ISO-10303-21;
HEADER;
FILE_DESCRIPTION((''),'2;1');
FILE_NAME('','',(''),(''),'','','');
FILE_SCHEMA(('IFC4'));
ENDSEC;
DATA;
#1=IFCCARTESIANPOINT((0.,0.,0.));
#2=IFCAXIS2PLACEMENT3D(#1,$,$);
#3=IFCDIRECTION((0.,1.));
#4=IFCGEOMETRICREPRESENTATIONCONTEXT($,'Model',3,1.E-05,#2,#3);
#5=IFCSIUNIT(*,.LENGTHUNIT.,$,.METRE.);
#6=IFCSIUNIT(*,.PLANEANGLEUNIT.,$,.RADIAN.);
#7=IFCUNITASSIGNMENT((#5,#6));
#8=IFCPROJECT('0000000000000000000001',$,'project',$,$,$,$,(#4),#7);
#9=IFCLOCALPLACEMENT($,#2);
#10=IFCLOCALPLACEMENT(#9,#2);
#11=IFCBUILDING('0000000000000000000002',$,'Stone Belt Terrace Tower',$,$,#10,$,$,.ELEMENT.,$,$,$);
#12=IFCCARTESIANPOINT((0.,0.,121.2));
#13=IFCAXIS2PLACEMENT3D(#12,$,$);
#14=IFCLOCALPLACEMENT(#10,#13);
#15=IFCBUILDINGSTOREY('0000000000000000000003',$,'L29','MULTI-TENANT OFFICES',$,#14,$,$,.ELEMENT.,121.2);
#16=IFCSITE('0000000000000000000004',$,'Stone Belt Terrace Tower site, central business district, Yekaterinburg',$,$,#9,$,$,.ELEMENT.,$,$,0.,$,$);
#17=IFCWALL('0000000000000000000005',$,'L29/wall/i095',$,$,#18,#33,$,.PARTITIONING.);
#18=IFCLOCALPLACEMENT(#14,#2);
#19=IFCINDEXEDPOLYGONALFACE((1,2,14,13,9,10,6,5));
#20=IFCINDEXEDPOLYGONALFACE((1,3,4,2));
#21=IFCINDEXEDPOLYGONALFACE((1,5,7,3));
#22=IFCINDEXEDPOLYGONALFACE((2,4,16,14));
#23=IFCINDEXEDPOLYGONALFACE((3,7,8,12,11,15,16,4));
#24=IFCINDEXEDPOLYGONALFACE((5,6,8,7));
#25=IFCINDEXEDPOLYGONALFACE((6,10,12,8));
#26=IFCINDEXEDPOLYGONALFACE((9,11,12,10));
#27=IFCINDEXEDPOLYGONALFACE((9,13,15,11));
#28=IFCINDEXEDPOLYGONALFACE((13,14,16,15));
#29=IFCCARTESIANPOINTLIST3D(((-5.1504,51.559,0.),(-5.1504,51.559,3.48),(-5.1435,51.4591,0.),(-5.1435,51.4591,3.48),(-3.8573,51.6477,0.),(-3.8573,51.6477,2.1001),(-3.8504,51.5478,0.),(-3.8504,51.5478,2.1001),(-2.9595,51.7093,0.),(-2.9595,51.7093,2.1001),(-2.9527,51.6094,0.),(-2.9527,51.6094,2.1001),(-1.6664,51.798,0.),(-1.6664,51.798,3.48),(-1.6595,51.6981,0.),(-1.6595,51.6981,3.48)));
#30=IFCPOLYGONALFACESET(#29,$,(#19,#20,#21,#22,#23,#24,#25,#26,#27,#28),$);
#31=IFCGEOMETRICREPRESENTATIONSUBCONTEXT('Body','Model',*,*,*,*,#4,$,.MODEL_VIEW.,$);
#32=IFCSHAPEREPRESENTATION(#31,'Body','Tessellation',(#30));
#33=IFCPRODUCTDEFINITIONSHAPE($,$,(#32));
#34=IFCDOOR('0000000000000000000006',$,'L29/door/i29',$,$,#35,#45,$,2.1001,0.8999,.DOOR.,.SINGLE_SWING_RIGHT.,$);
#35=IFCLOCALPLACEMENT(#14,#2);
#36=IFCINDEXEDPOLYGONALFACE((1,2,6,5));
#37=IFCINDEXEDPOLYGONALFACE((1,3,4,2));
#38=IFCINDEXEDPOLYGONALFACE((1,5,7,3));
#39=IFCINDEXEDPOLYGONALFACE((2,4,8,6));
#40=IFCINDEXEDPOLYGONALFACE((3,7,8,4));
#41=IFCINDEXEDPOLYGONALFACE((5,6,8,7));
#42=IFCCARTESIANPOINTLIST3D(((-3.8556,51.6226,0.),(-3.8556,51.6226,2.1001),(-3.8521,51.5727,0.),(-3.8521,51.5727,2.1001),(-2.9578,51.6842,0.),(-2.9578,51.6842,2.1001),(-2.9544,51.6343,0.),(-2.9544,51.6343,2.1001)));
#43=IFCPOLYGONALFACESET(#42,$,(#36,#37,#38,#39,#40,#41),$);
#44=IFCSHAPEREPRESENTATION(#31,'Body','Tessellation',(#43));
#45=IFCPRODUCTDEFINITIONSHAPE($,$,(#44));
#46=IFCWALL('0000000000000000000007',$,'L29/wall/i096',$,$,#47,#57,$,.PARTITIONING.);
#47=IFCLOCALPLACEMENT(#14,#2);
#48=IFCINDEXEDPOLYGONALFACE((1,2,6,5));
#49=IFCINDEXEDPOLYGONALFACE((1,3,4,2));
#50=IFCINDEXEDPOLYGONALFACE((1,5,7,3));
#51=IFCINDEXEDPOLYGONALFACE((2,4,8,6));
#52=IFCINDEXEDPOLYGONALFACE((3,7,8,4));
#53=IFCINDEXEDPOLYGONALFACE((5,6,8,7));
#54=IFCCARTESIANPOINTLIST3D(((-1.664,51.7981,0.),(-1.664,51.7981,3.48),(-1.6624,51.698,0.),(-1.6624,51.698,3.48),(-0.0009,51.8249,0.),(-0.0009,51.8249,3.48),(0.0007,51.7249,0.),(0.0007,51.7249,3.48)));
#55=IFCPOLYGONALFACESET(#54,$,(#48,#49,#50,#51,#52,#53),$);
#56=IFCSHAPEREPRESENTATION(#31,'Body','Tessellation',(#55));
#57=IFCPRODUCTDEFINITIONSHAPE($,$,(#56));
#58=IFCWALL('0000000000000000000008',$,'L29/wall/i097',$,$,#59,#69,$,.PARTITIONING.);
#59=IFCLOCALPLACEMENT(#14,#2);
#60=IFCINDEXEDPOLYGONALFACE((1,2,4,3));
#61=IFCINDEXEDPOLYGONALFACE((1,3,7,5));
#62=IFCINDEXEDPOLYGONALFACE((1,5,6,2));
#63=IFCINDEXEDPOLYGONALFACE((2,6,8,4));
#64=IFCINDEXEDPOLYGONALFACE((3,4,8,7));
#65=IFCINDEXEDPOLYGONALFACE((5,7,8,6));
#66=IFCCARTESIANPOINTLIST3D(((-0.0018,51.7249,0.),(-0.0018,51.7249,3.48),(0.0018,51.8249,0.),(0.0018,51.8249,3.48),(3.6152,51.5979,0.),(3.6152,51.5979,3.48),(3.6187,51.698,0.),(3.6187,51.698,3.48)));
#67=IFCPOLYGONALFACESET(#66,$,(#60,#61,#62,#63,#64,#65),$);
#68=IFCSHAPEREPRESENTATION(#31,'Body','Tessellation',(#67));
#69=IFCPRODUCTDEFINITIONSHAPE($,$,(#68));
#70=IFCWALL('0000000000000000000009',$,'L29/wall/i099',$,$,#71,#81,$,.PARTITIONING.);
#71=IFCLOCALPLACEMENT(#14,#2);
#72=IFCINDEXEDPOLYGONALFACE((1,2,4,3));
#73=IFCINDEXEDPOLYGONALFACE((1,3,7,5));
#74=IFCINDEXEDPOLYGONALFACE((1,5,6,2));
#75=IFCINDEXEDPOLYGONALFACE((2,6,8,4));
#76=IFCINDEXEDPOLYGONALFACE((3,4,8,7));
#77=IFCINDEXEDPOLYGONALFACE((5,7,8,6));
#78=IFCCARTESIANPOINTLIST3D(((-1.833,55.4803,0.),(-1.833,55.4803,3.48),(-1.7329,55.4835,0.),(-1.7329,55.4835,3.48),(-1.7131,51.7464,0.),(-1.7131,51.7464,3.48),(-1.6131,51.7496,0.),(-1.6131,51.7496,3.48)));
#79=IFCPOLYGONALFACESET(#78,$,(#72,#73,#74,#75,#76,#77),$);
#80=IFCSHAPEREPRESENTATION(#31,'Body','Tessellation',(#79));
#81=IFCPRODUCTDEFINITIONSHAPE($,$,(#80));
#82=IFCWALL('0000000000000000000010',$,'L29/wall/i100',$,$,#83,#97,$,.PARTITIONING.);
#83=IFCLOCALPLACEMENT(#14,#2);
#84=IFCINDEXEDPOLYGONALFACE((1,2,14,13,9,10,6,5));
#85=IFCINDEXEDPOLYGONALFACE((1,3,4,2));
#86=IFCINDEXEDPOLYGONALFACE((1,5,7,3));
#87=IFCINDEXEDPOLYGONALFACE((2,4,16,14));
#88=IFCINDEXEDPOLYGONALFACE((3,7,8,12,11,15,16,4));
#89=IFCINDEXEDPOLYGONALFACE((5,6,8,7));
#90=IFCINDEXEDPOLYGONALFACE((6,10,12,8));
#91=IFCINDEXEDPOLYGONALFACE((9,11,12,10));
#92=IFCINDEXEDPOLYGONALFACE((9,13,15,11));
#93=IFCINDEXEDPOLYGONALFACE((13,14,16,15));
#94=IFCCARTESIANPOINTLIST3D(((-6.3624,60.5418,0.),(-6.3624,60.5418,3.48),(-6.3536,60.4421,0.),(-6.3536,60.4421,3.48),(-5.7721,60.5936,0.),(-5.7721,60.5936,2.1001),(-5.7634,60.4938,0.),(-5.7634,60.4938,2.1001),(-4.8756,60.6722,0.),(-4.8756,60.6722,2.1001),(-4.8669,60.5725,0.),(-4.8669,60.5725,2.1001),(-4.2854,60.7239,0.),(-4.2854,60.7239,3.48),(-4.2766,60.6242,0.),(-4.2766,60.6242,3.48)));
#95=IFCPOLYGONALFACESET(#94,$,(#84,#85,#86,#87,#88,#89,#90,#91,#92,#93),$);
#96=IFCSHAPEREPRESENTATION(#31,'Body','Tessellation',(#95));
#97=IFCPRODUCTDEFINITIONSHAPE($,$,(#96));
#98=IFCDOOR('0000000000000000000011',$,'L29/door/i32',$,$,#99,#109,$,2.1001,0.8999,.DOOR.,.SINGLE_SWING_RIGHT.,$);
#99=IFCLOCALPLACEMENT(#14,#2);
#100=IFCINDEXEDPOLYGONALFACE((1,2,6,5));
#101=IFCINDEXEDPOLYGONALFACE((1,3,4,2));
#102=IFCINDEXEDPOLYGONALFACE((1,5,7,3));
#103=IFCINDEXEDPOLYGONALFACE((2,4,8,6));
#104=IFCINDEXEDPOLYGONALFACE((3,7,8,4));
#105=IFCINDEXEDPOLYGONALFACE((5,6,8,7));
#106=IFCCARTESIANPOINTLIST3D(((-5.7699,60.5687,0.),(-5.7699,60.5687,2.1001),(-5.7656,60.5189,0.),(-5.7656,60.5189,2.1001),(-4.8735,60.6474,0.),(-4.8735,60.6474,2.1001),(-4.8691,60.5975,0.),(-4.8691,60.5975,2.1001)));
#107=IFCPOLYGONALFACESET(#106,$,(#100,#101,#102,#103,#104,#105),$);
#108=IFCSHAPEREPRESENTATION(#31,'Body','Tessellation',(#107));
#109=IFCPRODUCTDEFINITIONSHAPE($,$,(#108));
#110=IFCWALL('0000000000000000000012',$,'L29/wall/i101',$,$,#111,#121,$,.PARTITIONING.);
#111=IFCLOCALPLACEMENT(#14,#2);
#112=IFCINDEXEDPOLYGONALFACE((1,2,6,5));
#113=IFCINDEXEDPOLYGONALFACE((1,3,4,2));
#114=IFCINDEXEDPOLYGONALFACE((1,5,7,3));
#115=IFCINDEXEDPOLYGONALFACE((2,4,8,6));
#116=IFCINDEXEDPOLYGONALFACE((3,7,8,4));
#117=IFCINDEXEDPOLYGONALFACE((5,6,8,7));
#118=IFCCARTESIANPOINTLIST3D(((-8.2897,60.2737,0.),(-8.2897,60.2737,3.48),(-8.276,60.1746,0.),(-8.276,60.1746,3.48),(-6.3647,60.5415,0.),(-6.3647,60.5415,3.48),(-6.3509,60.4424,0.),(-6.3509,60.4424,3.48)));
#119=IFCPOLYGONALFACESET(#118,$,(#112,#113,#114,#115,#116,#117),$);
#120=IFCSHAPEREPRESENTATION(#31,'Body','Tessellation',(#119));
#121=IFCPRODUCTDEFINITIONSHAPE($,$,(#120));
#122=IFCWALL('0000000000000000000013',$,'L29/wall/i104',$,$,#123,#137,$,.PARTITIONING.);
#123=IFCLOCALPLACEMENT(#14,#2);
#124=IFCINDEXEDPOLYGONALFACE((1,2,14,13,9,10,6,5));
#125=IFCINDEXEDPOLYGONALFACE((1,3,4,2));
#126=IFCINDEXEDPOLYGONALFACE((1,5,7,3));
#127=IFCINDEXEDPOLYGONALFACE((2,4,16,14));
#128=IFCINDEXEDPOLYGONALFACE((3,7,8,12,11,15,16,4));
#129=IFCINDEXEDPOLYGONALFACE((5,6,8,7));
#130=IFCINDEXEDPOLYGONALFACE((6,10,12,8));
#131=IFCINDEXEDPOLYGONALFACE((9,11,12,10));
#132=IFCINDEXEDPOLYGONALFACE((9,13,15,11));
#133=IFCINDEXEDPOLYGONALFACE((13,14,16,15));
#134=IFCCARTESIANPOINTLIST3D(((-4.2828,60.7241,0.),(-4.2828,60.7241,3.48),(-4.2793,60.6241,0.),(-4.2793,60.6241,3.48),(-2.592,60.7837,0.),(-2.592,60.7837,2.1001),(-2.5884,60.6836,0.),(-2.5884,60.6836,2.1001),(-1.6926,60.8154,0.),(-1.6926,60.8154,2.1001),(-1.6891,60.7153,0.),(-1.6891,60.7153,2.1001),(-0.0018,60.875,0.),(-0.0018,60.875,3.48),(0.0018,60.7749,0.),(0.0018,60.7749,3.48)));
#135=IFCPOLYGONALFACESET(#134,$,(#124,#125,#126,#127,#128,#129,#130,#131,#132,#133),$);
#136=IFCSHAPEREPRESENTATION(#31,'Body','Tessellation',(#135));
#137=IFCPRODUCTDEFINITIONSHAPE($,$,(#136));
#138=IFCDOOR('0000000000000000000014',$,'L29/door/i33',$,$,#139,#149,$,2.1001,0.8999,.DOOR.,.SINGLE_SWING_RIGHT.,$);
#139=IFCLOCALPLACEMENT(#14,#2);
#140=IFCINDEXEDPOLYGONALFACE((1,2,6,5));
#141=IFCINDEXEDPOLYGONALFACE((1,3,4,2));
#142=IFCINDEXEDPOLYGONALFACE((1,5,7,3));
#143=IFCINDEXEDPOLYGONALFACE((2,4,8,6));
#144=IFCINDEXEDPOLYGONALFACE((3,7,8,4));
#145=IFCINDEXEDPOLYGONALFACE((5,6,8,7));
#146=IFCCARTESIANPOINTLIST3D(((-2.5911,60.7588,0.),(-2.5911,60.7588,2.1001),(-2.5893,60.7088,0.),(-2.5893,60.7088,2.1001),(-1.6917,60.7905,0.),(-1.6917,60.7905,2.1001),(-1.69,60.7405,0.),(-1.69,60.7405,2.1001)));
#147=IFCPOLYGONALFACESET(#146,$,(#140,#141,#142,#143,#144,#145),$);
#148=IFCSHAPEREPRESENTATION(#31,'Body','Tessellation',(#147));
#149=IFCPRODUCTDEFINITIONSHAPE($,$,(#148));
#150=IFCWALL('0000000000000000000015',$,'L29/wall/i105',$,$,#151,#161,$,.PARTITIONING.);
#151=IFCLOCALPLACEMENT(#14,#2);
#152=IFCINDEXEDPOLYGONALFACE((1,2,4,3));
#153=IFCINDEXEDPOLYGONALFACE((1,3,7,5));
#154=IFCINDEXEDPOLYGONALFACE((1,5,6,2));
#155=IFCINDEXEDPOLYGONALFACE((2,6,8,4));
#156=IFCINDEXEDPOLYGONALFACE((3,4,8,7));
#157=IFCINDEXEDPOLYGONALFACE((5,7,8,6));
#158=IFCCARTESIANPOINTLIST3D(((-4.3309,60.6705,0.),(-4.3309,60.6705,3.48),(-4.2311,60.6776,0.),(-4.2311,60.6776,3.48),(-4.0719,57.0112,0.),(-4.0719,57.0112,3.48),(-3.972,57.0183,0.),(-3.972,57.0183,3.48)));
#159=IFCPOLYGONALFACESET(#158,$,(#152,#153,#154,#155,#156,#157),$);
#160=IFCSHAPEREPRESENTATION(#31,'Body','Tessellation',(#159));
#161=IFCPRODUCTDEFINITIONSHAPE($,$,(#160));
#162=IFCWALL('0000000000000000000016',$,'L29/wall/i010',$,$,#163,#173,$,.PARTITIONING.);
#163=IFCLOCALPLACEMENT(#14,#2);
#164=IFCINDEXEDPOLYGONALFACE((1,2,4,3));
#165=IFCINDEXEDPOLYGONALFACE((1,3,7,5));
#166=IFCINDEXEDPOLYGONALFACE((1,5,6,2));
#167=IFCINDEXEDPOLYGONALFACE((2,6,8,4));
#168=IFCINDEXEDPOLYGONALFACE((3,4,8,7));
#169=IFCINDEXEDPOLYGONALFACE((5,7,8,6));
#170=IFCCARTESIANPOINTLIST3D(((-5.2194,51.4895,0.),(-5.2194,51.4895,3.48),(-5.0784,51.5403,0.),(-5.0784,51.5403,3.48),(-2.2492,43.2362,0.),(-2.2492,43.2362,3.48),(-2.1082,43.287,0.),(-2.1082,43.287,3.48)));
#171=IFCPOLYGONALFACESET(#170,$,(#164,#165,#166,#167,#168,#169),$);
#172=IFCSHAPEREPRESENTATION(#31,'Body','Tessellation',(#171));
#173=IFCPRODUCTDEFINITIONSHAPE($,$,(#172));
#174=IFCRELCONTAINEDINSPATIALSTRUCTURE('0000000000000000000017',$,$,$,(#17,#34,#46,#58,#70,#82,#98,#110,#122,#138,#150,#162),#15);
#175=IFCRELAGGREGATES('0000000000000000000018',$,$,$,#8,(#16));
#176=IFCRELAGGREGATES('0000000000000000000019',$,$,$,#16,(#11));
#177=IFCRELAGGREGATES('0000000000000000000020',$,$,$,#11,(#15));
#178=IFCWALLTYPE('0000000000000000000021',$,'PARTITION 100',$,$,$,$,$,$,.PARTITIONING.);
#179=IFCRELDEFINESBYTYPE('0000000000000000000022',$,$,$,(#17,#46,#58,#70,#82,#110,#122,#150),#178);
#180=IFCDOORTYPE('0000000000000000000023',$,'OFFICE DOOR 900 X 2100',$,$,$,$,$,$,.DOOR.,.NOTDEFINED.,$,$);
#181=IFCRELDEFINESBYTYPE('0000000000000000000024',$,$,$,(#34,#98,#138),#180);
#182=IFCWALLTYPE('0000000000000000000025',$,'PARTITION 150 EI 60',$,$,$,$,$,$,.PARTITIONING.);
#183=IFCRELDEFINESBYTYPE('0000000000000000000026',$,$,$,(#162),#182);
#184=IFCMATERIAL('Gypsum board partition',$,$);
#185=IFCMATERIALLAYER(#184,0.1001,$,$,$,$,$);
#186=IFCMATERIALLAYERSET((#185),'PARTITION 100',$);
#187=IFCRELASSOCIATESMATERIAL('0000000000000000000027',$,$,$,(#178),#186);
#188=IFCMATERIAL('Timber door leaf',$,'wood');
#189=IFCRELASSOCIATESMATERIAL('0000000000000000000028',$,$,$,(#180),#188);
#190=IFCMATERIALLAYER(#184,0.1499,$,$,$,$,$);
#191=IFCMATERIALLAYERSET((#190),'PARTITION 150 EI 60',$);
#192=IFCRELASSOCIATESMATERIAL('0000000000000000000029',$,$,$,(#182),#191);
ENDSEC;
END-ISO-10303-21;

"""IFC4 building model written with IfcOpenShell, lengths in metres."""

from ifc_helpers import new_model, si_unit, direction, frame, frame_2d, origin, place, context, subcontext, project, spatial, rectangle, extrude, material, layer, layer_set, type_object, element, fill, save


model = new_model("IFC4")

# Units and contexts
model_context = context("Model", 3, precision=1e-05, world=origin(), true_north=direction((0.0, 1.0)))
body_context = subcontext(model_context, "Body", "Model", "MODEL_VIEW")
ifc_project = project(units=[si_unit("LENGTHUNIT", "METRE"), si_unit("PLANEANGLEUNIT", "RADIAN")], contexts=[model_context])

# Site, building, storey
site_placement = place(None, origin())
site = spatial("IfcSite", under=ifc_project, at=site_placement, Name="Stone Belt Terrace Tower site, central business district, Yekaterinburg", CompositionType="ELEMENT", RefElevation=0.0)
building_placement = place(site_placement, origin())
building = spatial("IfcBuilding", under=site, at=building_placement, Name="Stone Belt Terrace Tower", CompositionType="ELEMENT")
storey_placement = place(building_placement, frame((0.0, 0.0, 121.2)))
storey = spatial("IfcBuildingStorey", under=building, at=storey_placement, Name="L29", Description="MULTI-TENANT OFFICES", CompositionType="ELEMENT", Elevation=121.2)

# Wall, opening, door
ifc_material_1 = material(Name="Gypsum board partition")
ifc_layer_1 = layer(ifc_material_1, 0.1001)
ifc_layer_set_1 = layer_set([ifc_layer_1], Name="PARTITION 100")
wall_type_1 = type_object("IfcWallType", Name="PARTITION 100", PredefinedType="PARTITIONING", material=ifc_layer_set_1)
wall_1_placement = place(storey_placement, frame((-5.147, 51.509, 0.0), z_axis=(0.0, 0.0, 1.0), x_axis=(0.997655, 0.068445, 0.0)))
wall_1 = element("IfcWall", 1, at=wall_1_placement, inside=storey, type_object=wall_type_1, Name="L29/wall/i095", PredefinedType="PARTITIONING", context=body_context, shape_type="SweptSolid", body=[
    extrude(rectangle(XDim=3.4922, YDim=0.1001, at=frame_2d((1.7461, 0.0))), origin(), (0.0, 0.0, 1.0), 3.48),
])
opening_1_placement = place(wall_1_placement, frame((1.2961, 0.0, 0.0)))
opening_1 = element("IfcOpeningElement", 2, at=opening_1_placement, cuts=wall_1, PredefinedType="OPENING", context=body_context, shape_type="SweptSolid", body=[
    extrude(rectangle(XDim=0.8999, YDim=2.1001, at=frame_2d((0.45, 1.05))), frame((0.0, 0.0601, 0.0), z_axis=(0.0, -1.0, 0.0), x_axis=(1.0, 0.0, 0.0)), (0.0, 0.0, 1.0), 0.1201),
])
ifc_material_2 = material(Name="Timber door leaf", Category="wood")
door_type = type_object("IfcDoorType", Name="OFFICE DOOR 900 X 2100", OperationType="NOTDEFINED", PredefinedType="DOOR", material=ifc_material_2)
door_1_placement = place(opening_1_placement, origin())
door_1 = element("IfcDoor", 3, at=door_1_placement, inside=storey, type_object=door_type, Name="L29/door/i29", OperationType="SINGLE_SWING_RIGHT", OverallHeight=2.1001, OverallWidth=0.8999, PredefinedType="DOOR", context=body_context, shape_type="SweptSolid", body=[
    extrude(rectangle(XDim=0.8999, YDim=2.1001, at=frame_2d((0.45, 1.05))), frame((0.0, 0.0249, 0.0), z_axis=(0.0, -1.0, 0.0), x_axis=(1.0, 0.0, 0.0)), (0.0, 0.0, 1.0), 0.05),
])
fill(opening_1, door_1)

# Walls
wall_2_placement = place(storey_placement, frame((-1.6631, 51.748, 0.0), z_axis=(0.0, 0.0, 1.0), x_axis=(0.99987, 0.016146, 0.0)))
element("IfcWall", 4, at=wall_2_placement, inside=storey, type_object=wall_type_1, Name="L29/wall/i096", PredefinedType="PARTITIONING", context=body_context, shape_type="SweptSolid", body=[
    extrude(rectangle(XDim=1.6633, YDim=0.1001, at=frame_2d((0.8315, 0.0))), origin(), (0.0, 0.0, 1.0), 3.48),
])
wall_3_placement = place(storey_placement, frame((0.0, 51.7749, 0.0), z_axis=(0.0, 0.0, 1.0), x_axis=(0.999385, -0.035078, 0.0)))
element("IfcWall", 5, at=wall_3_placement, inside=storey, type_object=wall_type_1, Name="L29/wall/i097", PredefinedType="PARTITIONING", context=body_context, shape_type="SweptSolid", body=[
    extrude(rectangle(XDim=3.6191, YDim=0.1001, at=frame_2d((1.8096, 0.0))), origin(), (0.0, 0.0, 1.0), 3.48),
])
wall_4_placement = place(storey_placement, frame((-1.783, 55.4819, 0.0), z_axis=(0.0, 0.0, 1.0), x_axis=(0.032088, -0.999485, 0.0)))
element("IfcWall", 6, at=wall_4_placement, inside=storey, type_object=wall_type_1, Name="L29/wall/i099", PredefinedType="PARTITIONING", context=body_context, shape_type="SweptSolid", body=[
    extrude(rectangle(XDim=3.7358, YDim=0.1001, at=frame_2d((1.8679, 0.0))), origin(), (0.0, 0.0, 1.0), 3.48),
])

# Wall, opening, door
wall_5_placement = place(storey_placement, frame((-4.281, 60.6741, 0.0), z_axis=(0.0, 0.0, 1.0), x_axis=(-0.996177, -0.087357, 0.0)))
wall_5 = element("IfcWall", 7, at=wall_5_placement, inside=storey, type_object=wall_type_1, Name="L29/wall/i100", PredefinedType="PARTITIONING", context=body_context, shape_type="SweptSolid", body=[
    extrude(rectangle(XDim=2.085, YDim=0.1001, at=frame_2d((1.0425, 0.0))), origin(), (0.0, 0.0, 1.0), 3.48),
])
opening_2_placement = place(wall_5_placement, frame((0.5925, 0.0, 0.0)))
opening_2 = element("IfcOpeningElement", 8, at=opening_2_placement, cuts=wall_5, PredefinedType="OPENING", context=body_context, shape_type="SweptSolid", body=[
    extrude(rectangle(XDim=0.8999, YDim=2.1001, at=frame_2d((0.45, 1.05))), frame((0.0, 0.0601, 0.0), z_axis=(0.0, -1.0, 0.0), x_axis=(1.0, 0.0, 0.0)), (0.0, 0.0, 1.0), 0.1201),
])
door_2_placement = place(opening_2_placement, origin())
door_2 = element("IfcDoor", 9, at=door_2_placement, inside=storey, type_object=door_type, Name="L29/door/i32", OperationType="SINGLE_SWING_RIGHT", OverallHeight=2.1001, OverallWidth=0.8999, PredefinedType="DOOR", context=body_context, shape_type="SweptSolid", body=[
    extrude(rectangle(XDim=0.8999, YDim=2.1001, at=frame_2d((0.45, 1.05))), frame((0.0, 0.0249, 0.0), z_axis=(0.0, -1.0, 0.0), x_axis=(1.0, 0.0, 0.0)), (0.0, 0.0, 1.0), 0.05),
])
fill(opening_2, door_2)

# Wall
wall_6_placement = place(storey_placement, frame((-6.3579, 60.4919, 0.0), z_axis=(0.0, 0.0, 1.0), x_axis=(-0.99046, -0.137798, 0.0)))
element("IfcWall", 10, at=wall_6_placement, inside=storey, type_object=wall_type_1, Name="L29/wall/i101", PredefinedType="PARTITIONING", context=body_context, shape_type="SweptSolid", body=[
    extrude(rectangle(XDim=1.9436, YDim=0.1001, at=frame_2d((0.9717, 0.0))), origin(), (0.0, 0.0, 1.0), 3.48),
])

# Wall, opening, door
wall_7_placement = place(storey_placement, frame((0.0, 60.825, 0.0), z_axis=(0.0, 0.0, 1.0), x_axis=(-0.99938, -0.035222, 0.0)))
wall_7 = element("IfcWall", 11, at=wall_7_placement, inside=storey, type_object=wall_type_1, Name="L29/wall/i104", PredefinedType="PARTITIONING", context=body_context, shape_type="SweptSolid", body=[
    extrude(rectangle(XDim=4.2837, YDim=0.1001, at=frame_2d((2.1418, 0.0))), origin(), (0.0, 0.0, 1.0), 3.48),
])
opening_3_placement = place(wall_7_placement, frame((1.6919, 0.0, 0.0)))
opening_3 = element("IfcOpeningElement", 12, at=opening_3_placement, cuts=wall_7, PredefinedType="OPENING", context=body_context, shape_type="SweptSolid", body=[
    extrude(rectangle(XDim=0.8999, YDim=2.1001, at=frame_2d((0.45, 1.05))), frame((0.0, 0.0601, 0.0), z_axis=(0.0, -1.0, 0.0), x_axis=(1.0, 0.0, 0.0)), (0.0, 0.0, 1.0), 0.1201),
])
door_3_placement = place(opening_3_placement, origin())
door_3 = element("IfcDoor", 13, at=door_3_placement, inside=storey, type_object=door_type, Name="L29/door/i33", OperationType="SINGLE_SWING_RIGHT", OverallHeight=2.1001, OverallWidth=0.8999, PredefinedType="DOOR", context=body_context, shape_type="SweptSolid", body=[
    extrude(rectangle(XDim=0.8999, YDim=2.1001, at=frame_2d((0.45, 1.05))), frame((0.0, 0.0249, 0.0), z_axis=(0.0, -1.0, 0.0), x_axis=(1.0, 0.0, 0.0)), (0.0, 0.0, 1.0), 0.05),
])
fill(opening_3, door_3)

# Walls
wall_8_placement = place(storey_placement, frame((-4.281, 60.6741, 0.0), z_axis=(0.0, 0.0, 1.0), x_axis=(0.070613, -0.997504, 0.0)))
element("IfcWall", 14, at=wall_8_placement, inside=storey, type_object=wall_type_1, Name="L29/wall/i105", PredefinedType="PARTITIONING", context=body_context, shape_type="SweptSolid", body=[
    extrude(rectangle(XDim=3.6685, YDim=0.1001, at=frame_2d((1.8342, 0.0))), origin(), (0.0, 0.0, 1.0), 3.48),
])
ifc_layer_2 = layer(ifc_material_1, 0.1499)
ifc_layer_set_2 = layer_set([ifc_layer_2], Name="PARTITION 150 EI 60")
wall_type_2 = type_object("IfcWallType", Name="PARTITION 150 EI 60", PredefinedType="PARTITIONING", material=ifc_layer_set_2)
wall_9_placement = place(storey_placement, frame((-5.1489, 51.5149, 0.0), z_axis=(0.0, 0.0, 1.0), x_axis=(0.338626, -0.940921, 0.0)))
element("IfcWall", 15, at=wall_9_placement, inside=storey, type_object=wall_type_2, Name="L29/wall/i010", PredefinedType="PARTITIONING", context=body_context, shape_type="SweptSolid", body=[
    extrude(rectangle(XDim=8.7715, YDim=0.1499, at=frame_2d((4.3857, 0.0))), origin(), (0.0, 0.0, 1.0), 3.48),
])

save(model, "model.ifc")
